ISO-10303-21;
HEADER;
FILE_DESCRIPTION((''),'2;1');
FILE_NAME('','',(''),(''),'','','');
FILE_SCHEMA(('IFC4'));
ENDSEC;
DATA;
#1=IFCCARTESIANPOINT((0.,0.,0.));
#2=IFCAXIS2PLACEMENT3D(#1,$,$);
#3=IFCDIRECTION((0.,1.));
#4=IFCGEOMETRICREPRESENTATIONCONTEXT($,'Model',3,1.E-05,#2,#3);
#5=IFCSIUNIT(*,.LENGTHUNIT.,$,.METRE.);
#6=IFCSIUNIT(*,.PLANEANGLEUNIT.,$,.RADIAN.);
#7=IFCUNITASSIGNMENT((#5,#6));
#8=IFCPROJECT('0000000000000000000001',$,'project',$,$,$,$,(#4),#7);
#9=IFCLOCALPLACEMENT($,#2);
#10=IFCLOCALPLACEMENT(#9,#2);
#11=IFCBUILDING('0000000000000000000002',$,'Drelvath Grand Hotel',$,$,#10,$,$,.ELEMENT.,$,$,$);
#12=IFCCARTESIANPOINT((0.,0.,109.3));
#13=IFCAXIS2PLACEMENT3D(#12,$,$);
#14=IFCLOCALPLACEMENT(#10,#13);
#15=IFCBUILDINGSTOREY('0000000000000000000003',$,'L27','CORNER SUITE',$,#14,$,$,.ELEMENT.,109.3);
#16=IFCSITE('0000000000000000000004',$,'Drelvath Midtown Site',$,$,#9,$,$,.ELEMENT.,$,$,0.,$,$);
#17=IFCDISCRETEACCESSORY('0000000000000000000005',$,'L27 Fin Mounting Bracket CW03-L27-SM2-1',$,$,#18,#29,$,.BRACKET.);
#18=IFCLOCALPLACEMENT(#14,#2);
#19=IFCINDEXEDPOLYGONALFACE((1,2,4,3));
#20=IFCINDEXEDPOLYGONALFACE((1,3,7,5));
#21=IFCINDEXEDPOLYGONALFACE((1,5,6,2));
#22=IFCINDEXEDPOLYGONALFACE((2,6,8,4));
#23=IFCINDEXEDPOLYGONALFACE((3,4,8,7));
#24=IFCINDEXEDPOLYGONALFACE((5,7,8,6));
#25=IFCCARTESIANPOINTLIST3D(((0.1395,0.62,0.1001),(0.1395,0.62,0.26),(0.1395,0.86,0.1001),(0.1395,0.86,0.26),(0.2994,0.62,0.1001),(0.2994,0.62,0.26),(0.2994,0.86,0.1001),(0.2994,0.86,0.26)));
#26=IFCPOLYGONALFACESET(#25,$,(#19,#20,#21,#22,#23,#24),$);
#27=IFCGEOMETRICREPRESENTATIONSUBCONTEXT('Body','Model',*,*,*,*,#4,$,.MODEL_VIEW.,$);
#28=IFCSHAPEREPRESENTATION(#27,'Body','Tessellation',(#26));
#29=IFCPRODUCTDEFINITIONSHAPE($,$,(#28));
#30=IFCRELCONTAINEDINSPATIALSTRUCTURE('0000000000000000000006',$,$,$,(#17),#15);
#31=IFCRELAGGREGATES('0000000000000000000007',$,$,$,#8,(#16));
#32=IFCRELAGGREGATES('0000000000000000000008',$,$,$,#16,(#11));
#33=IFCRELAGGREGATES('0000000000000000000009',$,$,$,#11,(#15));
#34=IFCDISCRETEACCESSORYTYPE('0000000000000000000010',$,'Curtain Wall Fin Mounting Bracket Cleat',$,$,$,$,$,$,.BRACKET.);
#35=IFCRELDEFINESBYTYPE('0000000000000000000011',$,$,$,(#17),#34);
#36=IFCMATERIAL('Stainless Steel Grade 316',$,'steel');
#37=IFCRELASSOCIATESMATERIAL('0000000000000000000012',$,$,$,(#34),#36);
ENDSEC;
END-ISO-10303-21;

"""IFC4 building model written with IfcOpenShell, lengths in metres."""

from ifc_helpers import new_model, si_unit, direction, frame, origin, origin_2d, place, context, subcontext, project, spatial, rectangle, extrude, material, type_object, element, save


model = new_model("IFC4")

# Units and contexts
model_context = context("Model", 3, precision=1e-05, world=origin(), true_north=direction((0.0, 1.0)))
body_context = subcontext(model_context, "Body", "Model", "MODEL_VIEW")
ifc_project = project(units=[si_unit("LENGTHUNIT", "METRE"), si_unit("PLANEANGLEUNIT", "RADIAN")], contexts=[model_context])

# Site, building, storey
site_placement = place(None, origin())
site = spatial("IfcSite", under=ifc_project, at=site_placement, Name="Drelvath Midtown Site", CompositionType="ELEMENT", RefElevation=0.0)
building_placement = place(site_placement, origin())
building = spatial("IfcBuilding", under=site, at=building_placement, Name="Drelvath Grand Hotel", CompositionType="ELEMENT")
storey_placement = place(building_placement, frame((0.0, 0.0, 109.3)))
storey = spatial("IfcBuildingStorey", under=building, at=storey_placement, Name="L27", Description="CORNER SUITE", CompositionType="ELEMENT", Elevation=109.3)

# Discrete accessory
ifc_material_1 = material(Name="Stainless Steel Grade 316", Category="steel")
discrete_accessory_type = type_object("IfcDiscreteAccessoryType", Name="Curtain Wall Fin Mounting Bracket Cleat", PredefinedType="BRACKET", material=ifc_material_1)
discrete_accessory_placement = place(storey_placement, frame((0.2195, 0.74, 0.1001), z_axis=(0.0, 0.0, 1.0), x_axis=(-1.0, 0.0, 0.0)))
element("IfcDiscreteAccessory", 1, at=discrete_accessory_placement, inside=storey, type_object=discrete_accessory_type, Name="L27 Fin Mounting Bracket CW03-L27-SM2-1", PredefinedType="BRACKET", context=body_context, shape_type="SweptSolid", body=[
    extrude(rectangle(XDim=0.1599, YDim=0.24, at=origin_2d()), origin(), (0.0, 0.0, 1.0), 0.1599),
])

save(model, "model.ifc")
